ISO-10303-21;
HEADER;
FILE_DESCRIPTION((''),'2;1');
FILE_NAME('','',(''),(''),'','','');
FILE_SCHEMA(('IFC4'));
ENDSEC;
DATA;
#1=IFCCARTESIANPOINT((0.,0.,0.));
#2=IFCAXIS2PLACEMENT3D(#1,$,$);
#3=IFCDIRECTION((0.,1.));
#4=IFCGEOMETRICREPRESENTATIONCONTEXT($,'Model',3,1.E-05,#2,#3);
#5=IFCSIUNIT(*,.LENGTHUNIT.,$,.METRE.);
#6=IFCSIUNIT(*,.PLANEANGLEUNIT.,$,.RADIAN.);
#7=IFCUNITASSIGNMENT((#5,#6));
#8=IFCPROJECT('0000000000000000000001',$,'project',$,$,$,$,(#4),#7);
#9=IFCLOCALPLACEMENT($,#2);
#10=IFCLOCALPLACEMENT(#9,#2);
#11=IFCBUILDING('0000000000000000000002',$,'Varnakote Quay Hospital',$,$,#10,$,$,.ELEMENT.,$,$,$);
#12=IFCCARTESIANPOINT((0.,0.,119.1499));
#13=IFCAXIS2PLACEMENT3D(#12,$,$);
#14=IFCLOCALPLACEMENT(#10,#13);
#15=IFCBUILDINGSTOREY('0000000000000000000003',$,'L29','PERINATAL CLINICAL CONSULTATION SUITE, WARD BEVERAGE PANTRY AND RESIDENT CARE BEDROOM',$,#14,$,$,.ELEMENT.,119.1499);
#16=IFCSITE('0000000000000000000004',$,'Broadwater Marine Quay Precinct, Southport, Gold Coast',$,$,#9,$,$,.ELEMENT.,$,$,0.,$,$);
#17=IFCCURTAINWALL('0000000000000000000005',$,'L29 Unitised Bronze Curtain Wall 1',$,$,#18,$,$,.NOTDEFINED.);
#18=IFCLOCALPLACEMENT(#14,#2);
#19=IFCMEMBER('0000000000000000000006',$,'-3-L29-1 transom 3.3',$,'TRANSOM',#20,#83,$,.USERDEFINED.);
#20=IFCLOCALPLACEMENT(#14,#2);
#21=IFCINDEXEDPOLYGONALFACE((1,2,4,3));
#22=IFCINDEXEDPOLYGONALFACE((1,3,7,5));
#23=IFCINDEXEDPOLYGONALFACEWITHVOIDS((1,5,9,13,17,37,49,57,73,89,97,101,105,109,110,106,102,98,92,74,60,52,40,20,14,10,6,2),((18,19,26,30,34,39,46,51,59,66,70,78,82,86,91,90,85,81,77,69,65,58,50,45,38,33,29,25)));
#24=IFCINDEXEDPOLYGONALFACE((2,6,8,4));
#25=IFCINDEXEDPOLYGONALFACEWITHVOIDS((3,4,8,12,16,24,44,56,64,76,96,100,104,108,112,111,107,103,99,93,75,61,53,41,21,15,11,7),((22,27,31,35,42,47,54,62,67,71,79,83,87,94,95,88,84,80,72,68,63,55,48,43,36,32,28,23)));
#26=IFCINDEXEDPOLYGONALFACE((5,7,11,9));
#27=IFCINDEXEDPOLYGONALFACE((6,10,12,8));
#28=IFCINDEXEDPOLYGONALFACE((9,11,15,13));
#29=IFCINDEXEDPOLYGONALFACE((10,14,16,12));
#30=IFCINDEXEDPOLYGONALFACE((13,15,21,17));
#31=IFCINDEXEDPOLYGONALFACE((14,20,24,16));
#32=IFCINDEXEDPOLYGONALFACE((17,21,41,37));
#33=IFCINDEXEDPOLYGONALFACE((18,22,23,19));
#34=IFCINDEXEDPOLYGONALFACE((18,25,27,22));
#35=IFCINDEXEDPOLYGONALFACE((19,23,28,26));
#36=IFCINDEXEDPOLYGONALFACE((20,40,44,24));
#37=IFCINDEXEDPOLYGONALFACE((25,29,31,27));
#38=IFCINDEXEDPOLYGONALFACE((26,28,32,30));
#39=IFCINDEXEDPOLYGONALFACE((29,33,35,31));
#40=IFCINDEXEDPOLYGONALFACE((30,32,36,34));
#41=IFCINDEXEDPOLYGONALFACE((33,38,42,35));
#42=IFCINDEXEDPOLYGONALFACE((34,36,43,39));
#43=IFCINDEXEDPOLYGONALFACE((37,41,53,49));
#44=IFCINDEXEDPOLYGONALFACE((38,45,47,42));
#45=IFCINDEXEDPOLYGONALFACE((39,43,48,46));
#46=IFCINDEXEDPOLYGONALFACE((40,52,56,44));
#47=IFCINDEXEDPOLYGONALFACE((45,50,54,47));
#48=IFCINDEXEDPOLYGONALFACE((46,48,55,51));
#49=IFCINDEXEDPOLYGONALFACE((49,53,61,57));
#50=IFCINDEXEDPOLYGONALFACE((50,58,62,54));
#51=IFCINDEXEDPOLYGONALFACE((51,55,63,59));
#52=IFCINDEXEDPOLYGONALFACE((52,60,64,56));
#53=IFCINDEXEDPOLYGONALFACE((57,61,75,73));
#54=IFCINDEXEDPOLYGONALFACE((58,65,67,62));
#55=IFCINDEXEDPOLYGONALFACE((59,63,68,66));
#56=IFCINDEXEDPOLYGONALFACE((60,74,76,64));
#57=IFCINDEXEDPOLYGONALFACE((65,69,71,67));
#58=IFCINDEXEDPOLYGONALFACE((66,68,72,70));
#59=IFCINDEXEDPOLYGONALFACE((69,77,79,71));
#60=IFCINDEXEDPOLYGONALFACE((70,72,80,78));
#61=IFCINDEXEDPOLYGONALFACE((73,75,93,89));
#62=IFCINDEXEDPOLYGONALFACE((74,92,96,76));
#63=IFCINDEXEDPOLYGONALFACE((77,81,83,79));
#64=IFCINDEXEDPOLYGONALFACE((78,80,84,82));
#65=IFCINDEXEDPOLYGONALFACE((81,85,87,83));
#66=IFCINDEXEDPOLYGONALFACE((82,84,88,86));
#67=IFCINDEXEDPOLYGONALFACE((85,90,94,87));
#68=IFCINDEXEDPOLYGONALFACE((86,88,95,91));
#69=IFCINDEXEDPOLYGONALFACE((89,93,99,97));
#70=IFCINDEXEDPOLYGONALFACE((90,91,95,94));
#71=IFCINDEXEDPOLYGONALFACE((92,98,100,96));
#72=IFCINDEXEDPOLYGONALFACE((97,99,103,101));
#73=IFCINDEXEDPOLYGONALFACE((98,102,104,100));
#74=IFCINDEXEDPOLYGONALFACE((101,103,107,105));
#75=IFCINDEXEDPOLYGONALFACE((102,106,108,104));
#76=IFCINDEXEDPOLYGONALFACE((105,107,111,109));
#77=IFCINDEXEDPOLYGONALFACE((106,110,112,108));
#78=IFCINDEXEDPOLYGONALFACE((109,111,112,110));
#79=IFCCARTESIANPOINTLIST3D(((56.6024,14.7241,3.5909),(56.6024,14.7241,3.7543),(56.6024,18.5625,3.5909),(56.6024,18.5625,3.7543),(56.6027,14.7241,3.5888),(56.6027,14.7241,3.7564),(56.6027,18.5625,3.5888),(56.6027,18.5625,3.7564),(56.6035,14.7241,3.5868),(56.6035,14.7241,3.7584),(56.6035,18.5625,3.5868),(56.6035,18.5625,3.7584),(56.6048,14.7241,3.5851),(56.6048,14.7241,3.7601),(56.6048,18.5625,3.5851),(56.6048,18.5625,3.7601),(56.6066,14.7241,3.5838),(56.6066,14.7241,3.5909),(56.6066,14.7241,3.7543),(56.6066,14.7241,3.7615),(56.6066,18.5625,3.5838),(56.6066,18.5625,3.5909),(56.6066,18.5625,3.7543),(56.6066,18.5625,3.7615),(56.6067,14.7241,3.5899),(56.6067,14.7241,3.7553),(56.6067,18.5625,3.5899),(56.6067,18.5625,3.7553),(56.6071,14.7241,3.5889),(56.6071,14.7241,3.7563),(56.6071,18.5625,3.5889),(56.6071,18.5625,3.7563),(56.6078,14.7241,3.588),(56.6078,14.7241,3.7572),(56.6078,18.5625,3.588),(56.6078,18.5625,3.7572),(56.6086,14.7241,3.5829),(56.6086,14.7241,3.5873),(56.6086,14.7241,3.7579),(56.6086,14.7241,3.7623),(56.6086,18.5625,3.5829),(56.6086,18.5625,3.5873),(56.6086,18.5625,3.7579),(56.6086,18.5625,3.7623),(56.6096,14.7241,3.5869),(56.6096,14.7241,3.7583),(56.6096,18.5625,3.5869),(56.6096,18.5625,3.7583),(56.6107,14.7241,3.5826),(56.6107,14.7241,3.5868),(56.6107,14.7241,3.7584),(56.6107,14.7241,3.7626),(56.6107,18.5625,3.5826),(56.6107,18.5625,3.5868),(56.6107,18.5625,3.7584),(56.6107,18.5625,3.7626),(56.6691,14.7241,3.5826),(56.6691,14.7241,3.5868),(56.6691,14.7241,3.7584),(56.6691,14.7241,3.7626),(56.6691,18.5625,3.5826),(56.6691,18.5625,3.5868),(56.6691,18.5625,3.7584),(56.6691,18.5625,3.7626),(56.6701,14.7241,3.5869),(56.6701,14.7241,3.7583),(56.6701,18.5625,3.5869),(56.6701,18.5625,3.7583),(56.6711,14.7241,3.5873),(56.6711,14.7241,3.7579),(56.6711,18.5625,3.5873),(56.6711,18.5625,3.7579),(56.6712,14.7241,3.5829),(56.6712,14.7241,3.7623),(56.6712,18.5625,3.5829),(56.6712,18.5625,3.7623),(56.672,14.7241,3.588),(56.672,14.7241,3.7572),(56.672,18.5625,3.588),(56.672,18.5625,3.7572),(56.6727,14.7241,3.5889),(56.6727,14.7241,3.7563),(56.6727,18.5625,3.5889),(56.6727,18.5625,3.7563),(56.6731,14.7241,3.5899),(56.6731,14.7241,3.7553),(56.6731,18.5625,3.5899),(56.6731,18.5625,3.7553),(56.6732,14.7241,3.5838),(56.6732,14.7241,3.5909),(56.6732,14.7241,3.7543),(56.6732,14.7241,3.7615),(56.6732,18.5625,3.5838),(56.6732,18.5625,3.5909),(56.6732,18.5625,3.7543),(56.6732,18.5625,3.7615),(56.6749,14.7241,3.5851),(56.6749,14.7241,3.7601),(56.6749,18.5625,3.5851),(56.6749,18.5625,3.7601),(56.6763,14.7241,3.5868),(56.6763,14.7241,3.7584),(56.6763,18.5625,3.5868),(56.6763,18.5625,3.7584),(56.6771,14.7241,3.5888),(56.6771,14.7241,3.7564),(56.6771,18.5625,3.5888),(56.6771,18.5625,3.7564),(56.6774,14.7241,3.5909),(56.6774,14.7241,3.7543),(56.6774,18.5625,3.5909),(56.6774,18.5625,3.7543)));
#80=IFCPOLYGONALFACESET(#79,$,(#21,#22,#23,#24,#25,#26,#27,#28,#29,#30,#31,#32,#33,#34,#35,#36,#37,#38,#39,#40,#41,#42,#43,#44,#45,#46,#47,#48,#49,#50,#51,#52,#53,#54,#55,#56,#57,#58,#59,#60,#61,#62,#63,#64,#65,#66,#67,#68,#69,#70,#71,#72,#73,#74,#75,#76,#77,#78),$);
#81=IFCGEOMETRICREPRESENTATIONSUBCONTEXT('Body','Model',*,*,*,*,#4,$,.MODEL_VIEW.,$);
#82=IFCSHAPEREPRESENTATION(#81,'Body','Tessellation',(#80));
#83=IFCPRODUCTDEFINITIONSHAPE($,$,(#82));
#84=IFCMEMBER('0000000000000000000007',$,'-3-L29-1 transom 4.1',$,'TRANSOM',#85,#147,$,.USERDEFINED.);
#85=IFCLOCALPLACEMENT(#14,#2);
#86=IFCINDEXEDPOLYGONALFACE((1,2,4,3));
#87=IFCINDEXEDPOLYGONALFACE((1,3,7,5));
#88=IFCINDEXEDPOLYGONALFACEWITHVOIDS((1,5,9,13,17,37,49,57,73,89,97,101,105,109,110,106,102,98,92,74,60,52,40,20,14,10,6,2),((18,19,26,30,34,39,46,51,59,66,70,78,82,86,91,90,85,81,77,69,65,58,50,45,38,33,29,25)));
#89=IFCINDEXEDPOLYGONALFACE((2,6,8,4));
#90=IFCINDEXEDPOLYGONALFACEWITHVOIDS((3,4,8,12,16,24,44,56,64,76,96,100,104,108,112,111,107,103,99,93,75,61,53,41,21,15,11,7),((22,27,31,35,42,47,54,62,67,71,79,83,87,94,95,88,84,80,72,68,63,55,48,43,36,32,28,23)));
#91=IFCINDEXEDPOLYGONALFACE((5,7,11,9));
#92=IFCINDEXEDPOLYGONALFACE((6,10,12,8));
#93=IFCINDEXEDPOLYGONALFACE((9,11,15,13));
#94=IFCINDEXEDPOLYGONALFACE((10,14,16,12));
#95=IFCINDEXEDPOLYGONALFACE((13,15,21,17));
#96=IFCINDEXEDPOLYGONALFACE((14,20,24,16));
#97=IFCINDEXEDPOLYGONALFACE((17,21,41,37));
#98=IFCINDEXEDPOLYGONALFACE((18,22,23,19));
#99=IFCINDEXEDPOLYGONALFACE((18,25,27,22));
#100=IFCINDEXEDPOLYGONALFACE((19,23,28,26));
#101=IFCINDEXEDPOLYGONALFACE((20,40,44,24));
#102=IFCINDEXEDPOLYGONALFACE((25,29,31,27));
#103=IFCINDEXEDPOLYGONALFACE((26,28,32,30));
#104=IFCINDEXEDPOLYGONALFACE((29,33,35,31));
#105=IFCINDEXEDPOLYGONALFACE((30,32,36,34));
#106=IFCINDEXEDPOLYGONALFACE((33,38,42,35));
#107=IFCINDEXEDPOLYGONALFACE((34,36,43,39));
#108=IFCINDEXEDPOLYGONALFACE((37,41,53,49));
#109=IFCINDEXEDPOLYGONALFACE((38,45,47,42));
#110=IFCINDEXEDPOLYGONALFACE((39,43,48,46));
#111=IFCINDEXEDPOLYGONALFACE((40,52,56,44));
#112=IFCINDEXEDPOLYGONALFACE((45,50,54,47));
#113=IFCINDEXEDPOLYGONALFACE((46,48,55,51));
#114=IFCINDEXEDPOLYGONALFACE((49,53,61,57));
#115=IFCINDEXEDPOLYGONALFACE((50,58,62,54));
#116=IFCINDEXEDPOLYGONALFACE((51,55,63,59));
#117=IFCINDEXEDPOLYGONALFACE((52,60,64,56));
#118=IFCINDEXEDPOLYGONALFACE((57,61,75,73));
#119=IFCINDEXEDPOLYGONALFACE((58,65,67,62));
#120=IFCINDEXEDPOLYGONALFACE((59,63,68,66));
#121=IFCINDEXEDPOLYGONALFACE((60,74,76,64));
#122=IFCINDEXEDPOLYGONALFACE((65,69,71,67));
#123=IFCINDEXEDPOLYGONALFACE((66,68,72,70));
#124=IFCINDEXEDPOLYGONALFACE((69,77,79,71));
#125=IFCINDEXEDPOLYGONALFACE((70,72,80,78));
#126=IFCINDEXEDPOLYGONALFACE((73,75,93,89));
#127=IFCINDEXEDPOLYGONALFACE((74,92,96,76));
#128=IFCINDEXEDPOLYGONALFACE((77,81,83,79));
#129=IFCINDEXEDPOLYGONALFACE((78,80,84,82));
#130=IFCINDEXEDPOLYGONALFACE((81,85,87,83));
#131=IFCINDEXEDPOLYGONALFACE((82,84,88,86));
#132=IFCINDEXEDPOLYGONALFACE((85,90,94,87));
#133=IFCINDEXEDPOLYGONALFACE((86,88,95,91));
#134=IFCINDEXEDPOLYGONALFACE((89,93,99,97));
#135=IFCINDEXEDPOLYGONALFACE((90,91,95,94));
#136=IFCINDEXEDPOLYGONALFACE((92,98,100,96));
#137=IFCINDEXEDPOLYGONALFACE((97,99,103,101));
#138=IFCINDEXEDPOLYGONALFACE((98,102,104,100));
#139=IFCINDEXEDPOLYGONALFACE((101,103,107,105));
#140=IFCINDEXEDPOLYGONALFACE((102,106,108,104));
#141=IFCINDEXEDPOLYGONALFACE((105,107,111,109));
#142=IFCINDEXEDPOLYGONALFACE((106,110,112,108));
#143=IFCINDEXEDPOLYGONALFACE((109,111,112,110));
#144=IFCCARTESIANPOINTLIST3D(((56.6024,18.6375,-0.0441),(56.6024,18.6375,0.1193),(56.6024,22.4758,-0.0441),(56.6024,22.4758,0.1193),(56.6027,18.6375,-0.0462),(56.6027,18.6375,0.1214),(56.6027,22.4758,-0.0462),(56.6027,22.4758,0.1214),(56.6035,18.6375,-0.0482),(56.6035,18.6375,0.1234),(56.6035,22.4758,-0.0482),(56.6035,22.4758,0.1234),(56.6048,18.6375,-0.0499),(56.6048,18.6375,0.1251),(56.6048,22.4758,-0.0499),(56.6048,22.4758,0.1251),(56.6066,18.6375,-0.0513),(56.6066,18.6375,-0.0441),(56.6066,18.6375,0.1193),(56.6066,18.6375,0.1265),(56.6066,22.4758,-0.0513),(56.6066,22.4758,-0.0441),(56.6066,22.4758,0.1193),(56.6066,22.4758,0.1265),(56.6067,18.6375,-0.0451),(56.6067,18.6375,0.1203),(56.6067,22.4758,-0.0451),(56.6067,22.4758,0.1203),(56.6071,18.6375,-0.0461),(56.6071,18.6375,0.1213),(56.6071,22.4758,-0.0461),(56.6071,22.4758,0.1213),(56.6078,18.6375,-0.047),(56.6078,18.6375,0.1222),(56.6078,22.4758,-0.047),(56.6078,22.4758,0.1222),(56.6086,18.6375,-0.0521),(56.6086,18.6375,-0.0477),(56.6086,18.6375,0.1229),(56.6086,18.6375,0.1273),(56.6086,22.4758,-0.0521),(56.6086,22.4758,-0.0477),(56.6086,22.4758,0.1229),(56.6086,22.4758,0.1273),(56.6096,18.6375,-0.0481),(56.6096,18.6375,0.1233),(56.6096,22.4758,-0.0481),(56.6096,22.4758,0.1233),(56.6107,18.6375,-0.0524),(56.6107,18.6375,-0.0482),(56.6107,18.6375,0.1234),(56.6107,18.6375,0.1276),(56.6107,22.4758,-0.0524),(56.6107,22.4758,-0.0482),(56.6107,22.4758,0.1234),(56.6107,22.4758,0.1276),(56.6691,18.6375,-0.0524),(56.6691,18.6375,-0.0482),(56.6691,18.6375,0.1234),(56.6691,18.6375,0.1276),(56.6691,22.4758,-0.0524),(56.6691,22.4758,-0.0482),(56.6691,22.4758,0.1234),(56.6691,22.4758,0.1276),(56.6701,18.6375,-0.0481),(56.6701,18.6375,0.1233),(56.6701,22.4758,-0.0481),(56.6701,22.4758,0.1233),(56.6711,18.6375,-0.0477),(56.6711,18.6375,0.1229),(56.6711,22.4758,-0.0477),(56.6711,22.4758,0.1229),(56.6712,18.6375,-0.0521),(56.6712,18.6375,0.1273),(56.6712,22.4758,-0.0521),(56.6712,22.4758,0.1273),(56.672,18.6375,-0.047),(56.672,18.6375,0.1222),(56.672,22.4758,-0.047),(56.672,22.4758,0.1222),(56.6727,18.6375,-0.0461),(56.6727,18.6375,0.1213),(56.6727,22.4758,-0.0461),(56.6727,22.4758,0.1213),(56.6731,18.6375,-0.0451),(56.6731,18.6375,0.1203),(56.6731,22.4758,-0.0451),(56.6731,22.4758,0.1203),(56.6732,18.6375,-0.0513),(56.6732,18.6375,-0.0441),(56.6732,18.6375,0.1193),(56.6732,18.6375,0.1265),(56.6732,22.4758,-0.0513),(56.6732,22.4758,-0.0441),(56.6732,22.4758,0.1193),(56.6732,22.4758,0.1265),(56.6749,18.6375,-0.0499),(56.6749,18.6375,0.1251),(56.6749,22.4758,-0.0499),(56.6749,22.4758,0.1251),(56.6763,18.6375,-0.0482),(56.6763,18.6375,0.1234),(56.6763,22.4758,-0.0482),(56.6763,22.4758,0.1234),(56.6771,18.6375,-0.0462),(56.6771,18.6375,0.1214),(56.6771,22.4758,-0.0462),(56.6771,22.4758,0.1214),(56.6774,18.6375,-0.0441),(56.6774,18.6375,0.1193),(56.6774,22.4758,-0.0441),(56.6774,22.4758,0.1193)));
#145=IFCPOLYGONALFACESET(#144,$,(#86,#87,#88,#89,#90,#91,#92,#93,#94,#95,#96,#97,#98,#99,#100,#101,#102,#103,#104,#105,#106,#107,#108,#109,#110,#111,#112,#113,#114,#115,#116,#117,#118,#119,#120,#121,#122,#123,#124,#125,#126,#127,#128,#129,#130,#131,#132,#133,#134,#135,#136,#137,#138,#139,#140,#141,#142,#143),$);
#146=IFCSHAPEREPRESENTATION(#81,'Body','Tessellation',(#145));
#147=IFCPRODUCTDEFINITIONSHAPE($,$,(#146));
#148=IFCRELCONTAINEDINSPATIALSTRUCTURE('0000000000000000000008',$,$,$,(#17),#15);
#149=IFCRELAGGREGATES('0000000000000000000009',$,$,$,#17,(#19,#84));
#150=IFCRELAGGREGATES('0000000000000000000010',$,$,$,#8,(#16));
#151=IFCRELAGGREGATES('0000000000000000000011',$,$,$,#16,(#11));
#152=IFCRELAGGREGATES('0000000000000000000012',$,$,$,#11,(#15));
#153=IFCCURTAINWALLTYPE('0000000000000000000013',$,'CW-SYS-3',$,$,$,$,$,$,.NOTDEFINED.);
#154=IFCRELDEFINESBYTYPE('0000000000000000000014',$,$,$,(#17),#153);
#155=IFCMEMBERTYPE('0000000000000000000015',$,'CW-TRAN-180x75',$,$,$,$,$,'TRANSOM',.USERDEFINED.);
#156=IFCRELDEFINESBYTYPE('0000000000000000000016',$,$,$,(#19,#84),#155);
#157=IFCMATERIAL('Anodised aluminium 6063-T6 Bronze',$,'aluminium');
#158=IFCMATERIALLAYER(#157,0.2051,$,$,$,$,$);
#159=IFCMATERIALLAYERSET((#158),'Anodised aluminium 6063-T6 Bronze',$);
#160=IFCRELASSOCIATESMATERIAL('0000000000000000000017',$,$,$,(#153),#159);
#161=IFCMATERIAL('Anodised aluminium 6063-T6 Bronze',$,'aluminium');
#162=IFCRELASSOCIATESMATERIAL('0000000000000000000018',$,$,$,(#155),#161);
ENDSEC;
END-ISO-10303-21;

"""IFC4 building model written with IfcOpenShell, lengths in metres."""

from ifc_helpers import new_model, si_unit, direction, frame, origin, origin_2d, place, context, subcontext, project, spatial, hollow_rectangle, extrude, material, layer, layer_set, material_profile, profile_set, type_object, element, aggregate, save


model = new_model("IFC4")

# Units and contexts
model_context = context("Model", 3, precision=1e-05, world=origin(), true_north=direction((0.0, 1.0)))
body_context = subcontext(model_context, "Body", "Model", "MODEL_VIEW")
ifc_project = project(units=[si_unit("LENGTHUNIT", "METRE"), si_unit("PLANEANGLEUNIT", "RADIAN")], contexts=[model_context])

# Site, building, storey
site_placement = place(None, origin())
site = spatial("IfcSite", under=ifc_project, at=site_placement, Name="Broadwater Marine Quay Precinct, Southport, Gold Coast", CompositionType="ELEMENT", RefElevation=0.0)
building_placement = place(site_placement, origin())
building = spatial("IfcBuilding", under=site, at=building_placement, Name="Varnakote Quay Hospital", CompositionType="ELEMENT")
storey_placement = place(building_placement, frame((0.0, 0.0, 119.1499)))
storey = spatial("IfcBuildingStorey", under=building, at=storey_placement, Name="L29", Description="PERINATAL CLINICAL CONSULTATION SUITE, WARD BEVERAGE PANTRY AND RESIDENT CARE BEDROOM", CompositionType="ELEMENT", Elevation=119.1499)

# Curtain wall, members
ifc_material_1 = material(Name="Anodised aluminium 6063-T6 Bronze", Category="aluminium")
ifc_layer_1 = layer(ifc_material_1, 0.2051)
ifc_layer_set_1 = layer_set([ifc_layer_1], Name="Anodised aluminium 6063-T6 Bronze")
curtain_wall_type = type_object("IfcCurtainWallType", Name="CW-SYS-3", PredefinedType="NOTDEFINED", material=ifc_layer_set_1)
curtain_wall_placement = place(storey_placement, origin())
curtain_wall = element("IfcCurtainWall", 1, at=curtain_wall_placement, inside=storey, type_object=curtain_wall_type, Name="L29 Unitised Bronze Curtain Wall 1", PredefinedType="NOTDEFINED")
ifc_material_2 = material(Name="Anodised aluminium 6063-T6 Bronze", Category="aluminium")
ifc_material_profile_1 = material_profile(ifc_material_2, hollow_rectangle(XDim=0.075, YDim=0.1799, WallThickness=0.0042, InnerFilletRadius=0.0042, OuterFilletRadius=0.0083, at=origin_2d()), Name="CW-TRAN-180x75")
ifc_profile_set_1 = profile_set([ifc_material_profile_1], Name="Anodised aluminium 6063-T6 Bronze")
member_type_1 = type_object("IfcMemberType", Name="CW-TRAN-180x75", ElementType="TRANSOM", PredefinedType="USERDEFINED", material=ifc_profile_set_1)
member_1_placement = place(storey_placement, frame((56.6399, 14.7241, 3.6726), z_axis=(0.0, 1.0, 0.0), x_axis=(-1.0, 0.0, 0.0)))
member_1 = element("IfcMember", 2, at=member_1_placement, type_object=member_type_1, Name="-3-L29-1 transom 3.3", ObjectType="TRANSOM", PredefinedType="USERDEFINED", context=body_context, shape_type="SweptSolid", body=[
    extrude(hollow_rectangle(XDim=0.075, YDim=0.1799, WallThickness=0.0042, InnerFilletRadius=0.0042, OuterFilletRadius=0.0083, at=origin_2d()), origin(), (0.0, 0.0, 1.0), 3.8384),
])
member_2_placement = place(storey_placement, frame((56.6399, 18.6375, 0.0376), z_axis=(0.0, 1.0, 0.0), x_axis=(-1.0, 0.0, 0.0)))
member_2 = element("IfcMember", 3, at=member_2_placement, type_object=member_type_1, Name="-3-L29-1 transom 4.1", ObjectType="TRANSOM", PredefinedType="USERDEFINED", context=body_context, shape_type="SweptSolid", body=[
    extrude(hollow_rectangle(XDim=0.075, YDim=0.1799, WallThickness=0.0042, InnerFilletRadius=0.0042, OuterFilletRadius=0.0083, at=origin_2d()), origin(), (0.0, 0.0, 1.0), 3.8384),
])
aggregate(curtain_wall, [member_1, member_2])

save(model, "model.ifc")
